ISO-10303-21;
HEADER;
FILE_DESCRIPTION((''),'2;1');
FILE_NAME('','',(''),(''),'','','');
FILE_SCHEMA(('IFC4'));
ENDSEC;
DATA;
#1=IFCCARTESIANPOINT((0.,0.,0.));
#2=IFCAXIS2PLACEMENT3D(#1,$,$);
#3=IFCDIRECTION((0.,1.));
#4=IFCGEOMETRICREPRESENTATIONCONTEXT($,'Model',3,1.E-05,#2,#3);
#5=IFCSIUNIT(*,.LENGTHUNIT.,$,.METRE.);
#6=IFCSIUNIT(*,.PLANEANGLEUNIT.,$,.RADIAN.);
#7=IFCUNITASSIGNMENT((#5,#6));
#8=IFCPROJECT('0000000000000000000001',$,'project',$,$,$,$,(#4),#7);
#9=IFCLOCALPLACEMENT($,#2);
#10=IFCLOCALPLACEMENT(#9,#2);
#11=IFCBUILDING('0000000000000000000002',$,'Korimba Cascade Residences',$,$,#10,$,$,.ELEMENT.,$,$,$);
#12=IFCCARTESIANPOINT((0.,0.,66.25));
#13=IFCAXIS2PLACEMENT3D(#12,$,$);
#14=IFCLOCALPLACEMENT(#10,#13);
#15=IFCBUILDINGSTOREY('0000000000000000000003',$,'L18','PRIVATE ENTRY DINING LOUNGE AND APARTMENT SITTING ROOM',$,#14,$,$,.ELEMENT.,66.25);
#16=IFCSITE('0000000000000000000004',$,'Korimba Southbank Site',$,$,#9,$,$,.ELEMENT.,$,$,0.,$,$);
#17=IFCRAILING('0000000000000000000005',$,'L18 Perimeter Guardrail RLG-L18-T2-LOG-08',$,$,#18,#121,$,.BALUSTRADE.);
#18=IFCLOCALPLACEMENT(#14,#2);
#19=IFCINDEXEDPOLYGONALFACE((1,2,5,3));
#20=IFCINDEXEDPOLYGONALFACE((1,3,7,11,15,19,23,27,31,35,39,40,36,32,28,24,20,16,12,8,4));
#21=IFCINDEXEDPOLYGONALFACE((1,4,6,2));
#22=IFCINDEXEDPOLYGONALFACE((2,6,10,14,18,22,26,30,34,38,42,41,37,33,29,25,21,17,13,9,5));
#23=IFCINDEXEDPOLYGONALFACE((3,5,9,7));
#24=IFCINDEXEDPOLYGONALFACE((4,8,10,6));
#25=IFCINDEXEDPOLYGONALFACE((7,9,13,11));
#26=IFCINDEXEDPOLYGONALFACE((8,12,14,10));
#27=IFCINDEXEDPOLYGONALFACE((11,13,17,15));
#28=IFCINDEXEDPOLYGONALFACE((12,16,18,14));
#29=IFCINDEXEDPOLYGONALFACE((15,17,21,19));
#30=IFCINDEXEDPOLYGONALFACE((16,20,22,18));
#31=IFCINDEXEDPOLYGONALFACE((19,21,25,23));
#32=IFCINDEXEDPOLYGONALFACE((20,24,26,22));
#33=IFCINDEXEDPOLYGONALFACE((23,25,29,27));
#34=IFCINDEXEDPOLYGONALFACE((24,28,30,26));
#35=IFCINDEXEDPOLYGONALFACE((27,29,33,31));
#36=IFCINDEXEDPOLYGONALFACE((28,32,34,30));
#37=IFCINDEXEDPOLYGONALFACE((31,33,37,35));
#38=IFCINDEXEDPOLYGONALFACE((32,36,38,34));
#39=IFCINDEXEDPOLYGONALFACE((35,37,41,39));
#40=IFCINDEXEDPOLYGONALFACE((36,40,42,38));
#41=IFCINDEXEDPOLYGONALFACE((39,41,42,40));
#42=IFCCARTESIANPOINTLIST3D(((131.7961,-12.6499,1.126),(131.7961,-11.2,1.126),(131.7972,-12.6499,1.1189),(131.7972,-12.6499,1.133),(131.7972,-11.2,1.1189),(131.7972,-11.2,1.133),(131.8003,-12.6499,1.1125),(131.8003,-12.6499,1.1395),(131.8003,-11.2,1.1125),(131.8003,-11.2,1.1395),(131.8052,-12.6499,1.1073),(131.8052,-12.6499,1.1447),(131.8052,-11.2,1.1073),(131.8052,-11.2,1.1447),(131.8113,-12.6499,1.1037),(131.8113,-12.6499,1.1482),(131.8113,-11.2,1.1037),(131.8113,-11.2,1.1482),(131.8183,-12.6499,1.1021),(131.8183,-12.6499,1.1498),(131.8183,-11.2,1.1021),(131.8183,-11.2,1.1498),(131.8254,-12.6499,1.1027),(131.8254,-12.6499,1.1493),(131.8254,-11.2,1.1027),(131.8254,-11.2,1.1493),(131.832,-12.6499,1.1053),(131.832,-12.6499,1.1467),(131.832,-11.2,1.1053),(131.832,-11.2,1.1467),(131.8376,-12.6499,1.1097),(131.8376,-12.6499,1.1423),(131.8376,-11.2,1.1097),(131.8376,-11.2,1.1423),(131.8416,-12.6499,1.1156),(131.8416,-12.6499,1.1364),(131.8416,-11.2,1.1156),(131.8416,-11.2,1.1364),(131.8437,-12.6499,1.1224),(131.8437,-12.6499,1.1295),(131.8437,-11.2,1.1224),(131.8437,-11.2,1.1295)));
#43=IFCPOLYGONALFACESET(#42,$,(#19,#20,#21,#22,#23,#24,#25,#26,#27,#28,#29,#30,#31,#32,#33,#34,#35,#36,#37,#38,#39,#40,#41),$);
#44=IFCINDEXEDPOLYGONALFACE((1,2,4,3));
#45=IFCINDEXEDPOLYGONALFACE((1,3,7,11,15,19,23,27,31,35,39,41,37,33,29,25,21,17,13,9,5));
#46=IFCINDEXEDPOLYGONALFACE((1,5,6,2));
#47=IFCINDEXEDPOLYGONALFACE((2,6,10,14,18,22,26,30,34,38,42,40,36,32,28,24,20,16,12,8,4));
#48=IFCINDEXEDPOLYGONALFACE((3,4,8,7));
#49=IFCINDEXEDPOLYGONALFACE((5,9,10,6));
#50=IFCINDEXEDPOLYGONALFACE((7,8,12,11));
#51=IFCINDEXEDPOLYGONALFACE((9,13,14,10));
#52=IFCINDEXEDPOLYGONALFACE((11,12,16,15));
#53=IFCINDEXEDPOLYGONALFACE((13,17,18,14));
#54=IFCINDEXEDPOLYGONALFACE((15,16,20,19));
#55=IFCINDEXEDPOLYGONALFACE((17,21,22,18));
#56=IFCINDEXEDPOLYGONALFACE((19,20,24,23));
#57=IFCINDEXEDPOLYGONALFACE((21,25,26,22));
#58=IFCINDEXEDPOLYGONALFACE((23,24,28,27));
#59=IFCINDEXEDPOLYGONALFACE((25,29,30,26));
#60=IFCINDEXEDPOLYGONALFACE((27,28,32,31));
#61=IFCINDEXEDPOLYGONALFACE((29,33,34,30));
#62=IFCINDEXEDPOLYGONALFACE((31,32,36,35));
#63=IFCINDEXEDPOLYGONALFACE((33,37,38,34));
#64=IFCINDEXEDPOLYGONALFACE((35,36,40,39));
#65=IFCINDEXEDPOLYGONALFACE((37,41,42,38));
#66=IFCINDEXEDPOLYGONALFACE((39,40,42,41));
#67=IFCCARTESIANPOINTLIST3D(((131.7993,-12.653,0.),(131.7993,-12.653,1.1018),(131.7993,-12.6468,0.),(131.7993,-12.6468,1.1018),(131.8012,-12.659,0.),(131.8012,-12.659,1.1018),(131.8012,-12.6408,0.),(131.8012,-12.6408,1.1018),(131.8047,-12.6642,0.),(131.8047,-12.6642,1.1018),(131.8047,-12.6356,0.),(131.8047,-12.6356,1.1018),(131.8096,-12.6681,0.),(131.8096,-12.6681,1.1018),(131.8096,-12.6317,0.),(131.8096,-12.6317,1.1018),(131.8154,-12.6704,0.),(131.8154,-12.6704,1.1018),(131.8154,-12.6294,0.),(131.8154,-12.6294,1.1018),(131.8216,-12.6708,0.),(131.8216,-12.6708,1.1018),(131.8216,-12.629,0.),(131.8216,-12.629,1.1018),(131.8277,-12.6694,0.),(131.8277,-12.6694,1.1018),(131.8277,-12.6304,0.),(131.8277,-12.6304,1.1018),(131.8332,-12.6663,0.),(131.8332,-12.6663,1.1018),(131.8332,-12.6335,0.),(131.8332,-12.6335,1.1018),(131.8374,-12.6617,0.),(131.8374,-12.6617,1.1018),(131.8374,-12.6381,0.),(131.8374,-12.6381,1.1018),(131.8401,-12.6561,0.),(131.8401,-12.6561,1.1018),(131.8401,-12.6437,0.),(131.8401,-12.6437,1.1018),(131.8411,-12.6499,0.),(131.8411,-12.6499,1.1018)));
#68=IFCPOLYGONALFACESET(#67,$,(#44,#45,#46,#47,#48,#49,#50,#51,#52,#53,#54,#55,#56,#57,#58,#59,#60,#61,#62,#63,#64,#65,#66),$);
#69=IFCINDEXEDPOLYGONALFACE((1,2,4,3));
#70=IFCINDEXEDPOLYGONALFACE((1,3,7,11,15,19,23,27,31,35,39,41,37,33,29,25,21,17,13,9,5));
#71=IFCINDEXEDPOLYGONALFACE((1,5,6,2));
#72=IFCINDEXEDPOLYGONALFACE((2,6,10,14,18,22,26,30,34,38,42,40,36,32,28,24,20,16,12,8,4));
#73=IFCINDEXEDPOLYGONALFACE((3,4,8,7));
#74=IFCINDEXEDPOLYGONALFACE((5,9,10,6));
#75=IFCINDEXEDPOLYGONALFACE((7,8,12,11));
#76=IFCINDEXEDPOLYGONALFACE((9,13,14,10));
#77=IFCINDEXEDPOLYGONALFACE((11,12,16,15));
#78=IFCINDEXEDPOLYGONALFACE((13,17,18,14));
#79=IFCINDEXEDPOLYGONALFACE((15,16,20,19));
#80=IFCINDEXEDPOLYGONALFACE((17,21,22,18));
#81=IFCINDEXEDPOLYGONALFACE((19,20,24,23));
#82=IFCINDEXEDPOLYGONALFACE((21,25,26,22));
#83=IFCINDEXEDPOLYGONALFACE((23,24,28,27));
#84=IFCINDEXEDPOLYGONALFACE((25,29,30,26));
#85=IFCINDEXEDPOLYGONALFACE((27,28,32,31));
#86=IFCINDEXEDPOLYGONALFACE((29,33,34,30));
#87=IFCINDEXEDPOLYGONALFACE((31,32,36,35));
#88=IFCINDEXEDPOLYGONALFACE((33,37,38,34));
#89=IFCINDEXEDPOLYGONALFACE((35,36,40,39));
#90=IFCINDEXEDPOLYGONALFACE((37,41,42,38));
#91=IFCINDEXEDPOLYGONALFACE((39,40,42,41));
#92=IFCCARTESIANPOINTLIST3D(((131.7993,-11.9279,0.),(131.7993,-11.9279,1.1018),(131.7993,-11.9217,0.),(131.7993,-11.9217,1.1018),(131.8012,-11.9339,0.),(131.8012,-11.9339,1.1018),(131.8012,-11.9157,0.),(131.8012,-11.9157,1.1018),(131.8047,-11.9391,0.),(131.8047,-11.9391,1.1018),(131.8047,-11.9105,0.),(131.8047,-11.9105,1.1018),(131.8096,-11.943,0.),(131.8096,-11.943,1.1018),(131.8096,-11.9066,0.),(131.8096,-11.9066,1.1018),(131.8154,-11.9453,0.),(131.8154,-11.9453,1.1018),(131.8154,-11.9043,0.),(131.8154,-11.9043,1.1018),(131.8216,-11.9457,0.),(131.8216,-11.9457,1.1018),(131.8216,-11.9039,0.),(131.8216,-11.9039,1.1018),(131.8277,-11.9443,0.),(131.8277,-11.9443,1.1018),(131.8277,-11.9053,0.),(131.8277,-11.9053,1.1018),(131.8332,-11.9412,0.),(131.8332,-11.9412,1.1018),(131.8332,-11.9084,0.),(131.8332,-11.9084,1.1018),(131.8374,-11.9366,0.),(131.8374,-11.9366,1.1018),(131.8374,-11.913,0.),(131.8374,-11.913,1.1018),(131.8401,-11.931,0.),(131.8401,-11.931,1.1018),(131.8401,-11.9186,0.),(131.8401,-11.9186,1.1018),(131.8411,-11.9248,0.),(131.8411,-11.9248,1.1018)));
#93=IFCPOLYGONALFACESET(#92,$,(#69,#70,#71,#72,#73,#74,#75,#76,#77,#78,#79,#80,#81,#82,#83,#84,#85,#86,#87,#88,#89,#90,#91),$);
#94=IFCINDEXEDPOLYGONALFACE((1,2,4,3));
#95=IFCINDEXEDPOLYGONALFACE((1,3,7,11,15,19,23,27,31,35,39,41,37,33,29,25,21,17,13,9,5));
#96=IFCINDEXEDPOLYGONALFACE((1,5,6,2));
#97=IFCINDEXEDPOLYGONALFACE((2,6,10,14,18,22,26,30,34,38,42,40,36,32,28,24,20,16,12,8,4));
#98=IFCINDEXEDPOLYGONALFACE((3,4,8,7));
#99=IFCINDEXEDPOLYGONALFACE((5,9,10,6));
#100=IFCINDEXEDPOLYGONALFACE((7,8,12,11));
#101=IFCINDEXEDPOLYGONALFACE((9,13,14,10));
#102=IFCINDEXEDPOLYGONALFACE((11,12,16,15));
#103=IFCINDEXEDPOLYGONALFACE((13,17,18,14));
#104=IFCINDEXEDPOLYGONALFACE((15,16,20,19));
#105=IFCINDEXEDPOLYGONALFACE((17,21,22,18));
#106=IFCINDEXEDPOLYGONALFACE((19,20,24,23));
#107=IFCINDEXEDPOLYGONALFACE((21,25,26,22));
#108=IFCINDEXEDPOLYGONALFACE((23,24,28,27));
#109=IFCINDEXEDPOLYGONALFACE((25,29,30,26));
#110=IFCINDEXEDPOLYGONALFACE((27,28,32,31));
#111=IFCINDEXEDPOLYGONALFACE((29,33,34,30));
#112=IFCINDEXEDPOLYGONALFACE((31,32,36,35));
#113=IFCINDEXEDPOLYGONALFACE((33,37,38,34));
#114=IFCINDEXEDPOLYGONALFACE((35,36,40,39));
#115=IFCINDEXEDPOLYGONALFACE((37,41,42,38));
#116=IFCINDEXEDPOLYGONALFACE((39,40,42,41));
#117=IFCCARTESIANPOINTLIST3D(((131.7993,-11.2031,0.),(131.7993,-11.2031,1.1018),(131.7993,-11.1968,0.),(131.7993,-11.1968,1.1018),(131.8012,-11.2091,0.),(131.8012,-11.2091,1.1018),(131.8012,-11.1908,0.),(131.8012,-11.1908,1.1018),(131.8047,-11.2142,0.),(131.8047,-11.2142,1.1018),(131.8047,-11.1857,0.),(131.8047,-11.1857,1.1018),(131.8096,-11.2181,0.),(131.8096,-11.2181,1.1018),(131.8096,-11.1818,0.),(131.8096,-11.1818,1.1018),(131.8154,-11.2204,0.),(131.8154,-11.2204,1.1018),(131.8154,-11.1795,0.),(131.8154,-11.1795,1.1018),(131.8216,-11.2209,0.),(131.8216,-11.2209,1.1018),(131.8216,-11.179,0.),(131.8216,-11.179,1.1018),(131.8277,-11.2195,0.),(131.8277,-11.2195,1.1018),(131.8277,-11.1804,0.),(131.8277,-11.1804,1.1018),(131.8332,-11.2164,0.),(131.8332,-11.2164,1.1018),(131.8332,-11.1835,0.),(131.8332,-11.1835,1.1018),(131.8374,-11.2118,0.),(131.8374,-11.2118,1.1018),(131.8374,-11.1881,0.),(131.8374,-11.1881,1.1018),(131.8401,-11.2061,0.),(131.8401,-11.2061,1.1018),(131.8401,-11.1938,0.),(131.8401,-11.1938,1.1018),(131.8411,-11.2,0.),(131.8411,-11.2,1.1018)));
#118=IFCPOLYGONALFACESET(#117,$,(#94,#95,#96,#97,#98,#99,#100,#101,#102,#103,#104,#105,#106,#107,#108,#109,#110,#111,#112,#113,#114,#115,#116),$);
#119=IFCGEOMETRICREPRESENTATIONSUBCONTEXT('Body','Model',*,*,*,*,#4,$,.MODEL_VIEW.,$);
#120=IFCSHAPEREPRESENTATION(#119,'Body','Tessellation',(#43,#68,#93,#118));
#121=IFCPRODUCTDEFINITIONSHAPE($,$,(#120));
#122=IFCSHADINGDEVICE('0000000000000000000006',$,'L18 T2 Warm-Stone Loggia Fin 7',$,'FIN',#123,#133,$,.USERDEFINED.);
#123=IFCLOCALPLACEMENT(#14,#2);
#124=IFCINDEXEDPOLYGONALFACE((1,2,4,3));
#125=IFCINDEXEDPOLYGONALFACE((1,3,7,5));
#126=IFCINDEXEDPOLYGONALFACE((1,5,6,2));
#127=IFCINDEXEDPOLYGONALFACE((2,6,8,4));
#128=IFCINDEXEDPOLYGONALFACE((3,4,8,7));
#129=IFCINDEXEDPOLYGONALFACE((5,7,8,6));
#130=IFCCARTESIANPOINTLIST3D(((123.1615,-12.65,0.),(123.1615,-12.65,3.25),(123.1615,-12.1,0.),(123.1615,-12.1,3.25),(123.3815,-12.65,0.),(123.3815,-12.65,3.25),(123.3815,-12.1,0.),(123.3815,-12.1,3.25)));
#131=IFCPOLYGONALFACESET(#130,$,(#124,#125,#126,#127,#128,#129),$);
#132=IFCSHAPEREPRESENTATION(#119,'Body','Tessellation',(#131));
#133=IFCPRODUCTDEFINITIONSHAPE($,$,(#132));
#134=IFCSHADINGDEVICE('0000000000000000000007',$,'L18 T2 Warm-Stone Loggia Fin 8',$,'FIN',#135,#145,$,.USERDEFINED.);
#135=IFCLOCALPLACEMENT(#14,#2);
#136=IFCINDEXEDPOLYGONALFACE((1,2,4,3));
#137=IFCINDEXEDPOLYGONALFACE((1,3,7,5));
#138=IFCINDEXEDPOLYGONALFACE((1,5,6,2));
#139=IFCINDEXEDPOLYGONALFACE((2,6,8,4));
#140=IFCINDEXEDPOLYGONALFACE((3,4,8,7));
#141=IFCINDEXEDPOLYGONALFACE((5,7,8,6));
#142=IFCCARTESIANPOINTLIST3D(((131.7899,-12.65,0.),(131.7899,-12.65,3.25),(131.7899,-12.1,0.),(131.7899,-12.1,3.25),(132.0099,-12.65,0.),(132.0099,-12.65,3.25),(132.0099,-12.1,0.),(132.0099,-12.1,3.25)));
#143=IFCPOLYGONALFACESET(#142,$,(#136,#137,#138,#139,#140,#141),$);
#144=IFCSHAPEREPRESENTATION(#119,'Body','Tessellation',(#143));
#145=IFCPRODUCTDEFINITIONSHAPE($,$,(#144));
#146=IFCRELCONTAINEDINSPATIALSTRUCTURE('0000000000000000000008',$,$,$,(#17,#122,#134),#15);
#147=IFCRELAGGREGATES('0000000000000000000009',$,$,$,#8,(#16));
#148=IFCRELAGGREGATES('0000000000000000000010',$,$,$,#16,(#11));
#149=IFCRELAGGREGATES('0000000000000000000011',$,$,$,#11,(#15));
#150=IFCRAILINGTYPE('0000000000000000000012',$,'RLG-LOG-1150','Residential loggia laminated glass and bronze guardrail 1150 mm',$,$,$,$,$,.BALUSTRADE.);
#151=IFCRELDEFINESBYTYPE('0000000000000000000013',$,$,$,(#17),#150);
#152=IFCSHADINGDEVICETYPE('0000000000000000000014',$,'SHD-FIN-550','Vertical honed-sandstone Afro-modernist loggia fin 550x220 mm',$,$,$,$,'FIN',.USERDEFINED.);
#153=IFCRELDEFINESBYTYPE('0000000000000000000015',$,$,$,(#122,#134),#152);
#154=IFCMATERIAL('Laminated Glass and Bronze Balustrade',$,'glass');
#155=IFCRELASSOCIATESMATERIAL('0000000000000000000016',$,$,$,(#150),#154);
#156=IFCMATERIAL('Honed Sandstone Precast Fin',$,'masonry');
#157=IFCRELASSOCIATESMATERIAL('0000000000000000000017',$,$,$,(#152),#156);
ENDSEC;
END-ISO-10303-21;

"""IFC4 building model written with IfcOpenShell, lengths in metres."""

from ifc_helpers import new_model, si_unit, direction, frame, origin, origin_2d, place, context, subcontext, project, spatial, rectangle, circle, extrude, material, type_object, element, save


model = new_model("IFC4")

# Units and contexts
model_context = context("Model", 3, precision=1e-05, world=origin(), true_north=direction((0.0, 1.0)))
body_context = subcontext(model_context, "Body", "Model", "MODEL_VIEW")
ifc_project = project(units=[si_unit("LENGTHUNIT", "METRE"), si_unit("PLANEANGLEUNIT", "RADIAN")], contexts=[model_context])

# Site, building, storey
site_placement = place(None, origin())
site = spatial("IfcSite", under=ifc_project, at=site_placement, Name="Korimba Southbank Site", CompositionType="ELEMENT", RefElevation=0.0)
building_placement = place(site_placement, origin())
building = spatial("IfcBuilding", under=site, at=building_placement, Name="Korimba Cascade Residences", CompositionType="ELEMENT")
storey_placement = place(building_placement, frame((0.0, 0.0, 66.25)))
storey = spatial("IfcBuildingStorey", under=building, at=storey_placement, Name="L18", Description="PRIVATE ENTRY DINING LOUNGE AND APARTMENT SITTING ROOM", CompositionType="ELEMENT", Elevation=66.25)

# Railing
ifc_material_1 = material(Name="Laminated Glass and Bronze Balustrade", Category="glass")
railing_type = type_object("IfcRailingType", Name="RLG-LOG-1150", Description="Residential loggia laminated glass and bronze guardrail 1150 mm", PredefinedType="BALUSTRADE", material=ifc_material_1)
railing_1_placement = place(storey_placement, frame((131.8201, -12.6499, 0.0)))
element("IfcRailing", 1, at=railing_1_placement, inside=storey, type_object=railing_type, Name="L18 Perimeter Guardrail RLG-L18-T2-LOG-08", PredefinedType="BALUSTRADE", context=body_context, shape_type="SweptSolid", body=[
    extrude(circle(Radius=0.0239, at=origin_2d()), frame((0.0, 0.0, 1.126), z_axis=(0.0, 1.0, 0.0), x_axis=(-1.0, 0.0, 0.0)), (0.0, 0.0, 1.0), 1.45),
    extrude(circle(Radius=0.021, at=origin_2d()), origin(), (0.0, 0.0, 1.0), 1.1018),
    extrude(circle(Radius=0.021, at=origin_2d()), frame((0.0, 0.7251, 0.0)), (0.0, 0.0, 1.0), 1.1018),
    extrude(circle(Radius=0.021, at=origin_2d()), frame((0.0, 1.45, 0.0)), (0.0, 0.0, 1.0), 1.1018),
])

# Shading devices
ifc_material_2 = material(Name="Honed Sandstone Precast Fin", Category="masonry")
shading_device_type = type_object("IfcShadingDeviceType", Name="SHD-FIN-550", Description="Vertical honed-sandstone Afro-modernist loggia fin 550x220 mm", ElementType="FIN", PredefinedType="USERDEFINED", material=ifc_material_2)
for number, where, z_axis, x_axis, name in (
    (2, (123.2715, -12.375, 0.0), (0.0, 0.0, 1.0), (1.0, 0.0, 0.0), "L18 T2 Warm-Stone Loggia Fin 7"),
    (3, (131.8999, -12.375, 0.0), (0.0, 0.0, 1.0), (1.0, 0.0, 0.0), "L18 T2 Warm-Stone Loggia Fin 8"),
):
    element("IfcShadingDevice", number, at=place(storey_placement, frame(where, z_axis=z_axis, x_axis=x_axis)), inside=storey, type_object=shading_device_type, Name=name, ObjectType="FIN", PredefinedType="USERDEFINED", context=body_context, shape_type="SweptSolid", body=[
        extrude(rectangle(XDim=0.22, YDim=0.55, at=origin_2d()), origin(), (0.0, 0.0, 1.0), 3.25),
    ])

save(model, "model.ifc")
